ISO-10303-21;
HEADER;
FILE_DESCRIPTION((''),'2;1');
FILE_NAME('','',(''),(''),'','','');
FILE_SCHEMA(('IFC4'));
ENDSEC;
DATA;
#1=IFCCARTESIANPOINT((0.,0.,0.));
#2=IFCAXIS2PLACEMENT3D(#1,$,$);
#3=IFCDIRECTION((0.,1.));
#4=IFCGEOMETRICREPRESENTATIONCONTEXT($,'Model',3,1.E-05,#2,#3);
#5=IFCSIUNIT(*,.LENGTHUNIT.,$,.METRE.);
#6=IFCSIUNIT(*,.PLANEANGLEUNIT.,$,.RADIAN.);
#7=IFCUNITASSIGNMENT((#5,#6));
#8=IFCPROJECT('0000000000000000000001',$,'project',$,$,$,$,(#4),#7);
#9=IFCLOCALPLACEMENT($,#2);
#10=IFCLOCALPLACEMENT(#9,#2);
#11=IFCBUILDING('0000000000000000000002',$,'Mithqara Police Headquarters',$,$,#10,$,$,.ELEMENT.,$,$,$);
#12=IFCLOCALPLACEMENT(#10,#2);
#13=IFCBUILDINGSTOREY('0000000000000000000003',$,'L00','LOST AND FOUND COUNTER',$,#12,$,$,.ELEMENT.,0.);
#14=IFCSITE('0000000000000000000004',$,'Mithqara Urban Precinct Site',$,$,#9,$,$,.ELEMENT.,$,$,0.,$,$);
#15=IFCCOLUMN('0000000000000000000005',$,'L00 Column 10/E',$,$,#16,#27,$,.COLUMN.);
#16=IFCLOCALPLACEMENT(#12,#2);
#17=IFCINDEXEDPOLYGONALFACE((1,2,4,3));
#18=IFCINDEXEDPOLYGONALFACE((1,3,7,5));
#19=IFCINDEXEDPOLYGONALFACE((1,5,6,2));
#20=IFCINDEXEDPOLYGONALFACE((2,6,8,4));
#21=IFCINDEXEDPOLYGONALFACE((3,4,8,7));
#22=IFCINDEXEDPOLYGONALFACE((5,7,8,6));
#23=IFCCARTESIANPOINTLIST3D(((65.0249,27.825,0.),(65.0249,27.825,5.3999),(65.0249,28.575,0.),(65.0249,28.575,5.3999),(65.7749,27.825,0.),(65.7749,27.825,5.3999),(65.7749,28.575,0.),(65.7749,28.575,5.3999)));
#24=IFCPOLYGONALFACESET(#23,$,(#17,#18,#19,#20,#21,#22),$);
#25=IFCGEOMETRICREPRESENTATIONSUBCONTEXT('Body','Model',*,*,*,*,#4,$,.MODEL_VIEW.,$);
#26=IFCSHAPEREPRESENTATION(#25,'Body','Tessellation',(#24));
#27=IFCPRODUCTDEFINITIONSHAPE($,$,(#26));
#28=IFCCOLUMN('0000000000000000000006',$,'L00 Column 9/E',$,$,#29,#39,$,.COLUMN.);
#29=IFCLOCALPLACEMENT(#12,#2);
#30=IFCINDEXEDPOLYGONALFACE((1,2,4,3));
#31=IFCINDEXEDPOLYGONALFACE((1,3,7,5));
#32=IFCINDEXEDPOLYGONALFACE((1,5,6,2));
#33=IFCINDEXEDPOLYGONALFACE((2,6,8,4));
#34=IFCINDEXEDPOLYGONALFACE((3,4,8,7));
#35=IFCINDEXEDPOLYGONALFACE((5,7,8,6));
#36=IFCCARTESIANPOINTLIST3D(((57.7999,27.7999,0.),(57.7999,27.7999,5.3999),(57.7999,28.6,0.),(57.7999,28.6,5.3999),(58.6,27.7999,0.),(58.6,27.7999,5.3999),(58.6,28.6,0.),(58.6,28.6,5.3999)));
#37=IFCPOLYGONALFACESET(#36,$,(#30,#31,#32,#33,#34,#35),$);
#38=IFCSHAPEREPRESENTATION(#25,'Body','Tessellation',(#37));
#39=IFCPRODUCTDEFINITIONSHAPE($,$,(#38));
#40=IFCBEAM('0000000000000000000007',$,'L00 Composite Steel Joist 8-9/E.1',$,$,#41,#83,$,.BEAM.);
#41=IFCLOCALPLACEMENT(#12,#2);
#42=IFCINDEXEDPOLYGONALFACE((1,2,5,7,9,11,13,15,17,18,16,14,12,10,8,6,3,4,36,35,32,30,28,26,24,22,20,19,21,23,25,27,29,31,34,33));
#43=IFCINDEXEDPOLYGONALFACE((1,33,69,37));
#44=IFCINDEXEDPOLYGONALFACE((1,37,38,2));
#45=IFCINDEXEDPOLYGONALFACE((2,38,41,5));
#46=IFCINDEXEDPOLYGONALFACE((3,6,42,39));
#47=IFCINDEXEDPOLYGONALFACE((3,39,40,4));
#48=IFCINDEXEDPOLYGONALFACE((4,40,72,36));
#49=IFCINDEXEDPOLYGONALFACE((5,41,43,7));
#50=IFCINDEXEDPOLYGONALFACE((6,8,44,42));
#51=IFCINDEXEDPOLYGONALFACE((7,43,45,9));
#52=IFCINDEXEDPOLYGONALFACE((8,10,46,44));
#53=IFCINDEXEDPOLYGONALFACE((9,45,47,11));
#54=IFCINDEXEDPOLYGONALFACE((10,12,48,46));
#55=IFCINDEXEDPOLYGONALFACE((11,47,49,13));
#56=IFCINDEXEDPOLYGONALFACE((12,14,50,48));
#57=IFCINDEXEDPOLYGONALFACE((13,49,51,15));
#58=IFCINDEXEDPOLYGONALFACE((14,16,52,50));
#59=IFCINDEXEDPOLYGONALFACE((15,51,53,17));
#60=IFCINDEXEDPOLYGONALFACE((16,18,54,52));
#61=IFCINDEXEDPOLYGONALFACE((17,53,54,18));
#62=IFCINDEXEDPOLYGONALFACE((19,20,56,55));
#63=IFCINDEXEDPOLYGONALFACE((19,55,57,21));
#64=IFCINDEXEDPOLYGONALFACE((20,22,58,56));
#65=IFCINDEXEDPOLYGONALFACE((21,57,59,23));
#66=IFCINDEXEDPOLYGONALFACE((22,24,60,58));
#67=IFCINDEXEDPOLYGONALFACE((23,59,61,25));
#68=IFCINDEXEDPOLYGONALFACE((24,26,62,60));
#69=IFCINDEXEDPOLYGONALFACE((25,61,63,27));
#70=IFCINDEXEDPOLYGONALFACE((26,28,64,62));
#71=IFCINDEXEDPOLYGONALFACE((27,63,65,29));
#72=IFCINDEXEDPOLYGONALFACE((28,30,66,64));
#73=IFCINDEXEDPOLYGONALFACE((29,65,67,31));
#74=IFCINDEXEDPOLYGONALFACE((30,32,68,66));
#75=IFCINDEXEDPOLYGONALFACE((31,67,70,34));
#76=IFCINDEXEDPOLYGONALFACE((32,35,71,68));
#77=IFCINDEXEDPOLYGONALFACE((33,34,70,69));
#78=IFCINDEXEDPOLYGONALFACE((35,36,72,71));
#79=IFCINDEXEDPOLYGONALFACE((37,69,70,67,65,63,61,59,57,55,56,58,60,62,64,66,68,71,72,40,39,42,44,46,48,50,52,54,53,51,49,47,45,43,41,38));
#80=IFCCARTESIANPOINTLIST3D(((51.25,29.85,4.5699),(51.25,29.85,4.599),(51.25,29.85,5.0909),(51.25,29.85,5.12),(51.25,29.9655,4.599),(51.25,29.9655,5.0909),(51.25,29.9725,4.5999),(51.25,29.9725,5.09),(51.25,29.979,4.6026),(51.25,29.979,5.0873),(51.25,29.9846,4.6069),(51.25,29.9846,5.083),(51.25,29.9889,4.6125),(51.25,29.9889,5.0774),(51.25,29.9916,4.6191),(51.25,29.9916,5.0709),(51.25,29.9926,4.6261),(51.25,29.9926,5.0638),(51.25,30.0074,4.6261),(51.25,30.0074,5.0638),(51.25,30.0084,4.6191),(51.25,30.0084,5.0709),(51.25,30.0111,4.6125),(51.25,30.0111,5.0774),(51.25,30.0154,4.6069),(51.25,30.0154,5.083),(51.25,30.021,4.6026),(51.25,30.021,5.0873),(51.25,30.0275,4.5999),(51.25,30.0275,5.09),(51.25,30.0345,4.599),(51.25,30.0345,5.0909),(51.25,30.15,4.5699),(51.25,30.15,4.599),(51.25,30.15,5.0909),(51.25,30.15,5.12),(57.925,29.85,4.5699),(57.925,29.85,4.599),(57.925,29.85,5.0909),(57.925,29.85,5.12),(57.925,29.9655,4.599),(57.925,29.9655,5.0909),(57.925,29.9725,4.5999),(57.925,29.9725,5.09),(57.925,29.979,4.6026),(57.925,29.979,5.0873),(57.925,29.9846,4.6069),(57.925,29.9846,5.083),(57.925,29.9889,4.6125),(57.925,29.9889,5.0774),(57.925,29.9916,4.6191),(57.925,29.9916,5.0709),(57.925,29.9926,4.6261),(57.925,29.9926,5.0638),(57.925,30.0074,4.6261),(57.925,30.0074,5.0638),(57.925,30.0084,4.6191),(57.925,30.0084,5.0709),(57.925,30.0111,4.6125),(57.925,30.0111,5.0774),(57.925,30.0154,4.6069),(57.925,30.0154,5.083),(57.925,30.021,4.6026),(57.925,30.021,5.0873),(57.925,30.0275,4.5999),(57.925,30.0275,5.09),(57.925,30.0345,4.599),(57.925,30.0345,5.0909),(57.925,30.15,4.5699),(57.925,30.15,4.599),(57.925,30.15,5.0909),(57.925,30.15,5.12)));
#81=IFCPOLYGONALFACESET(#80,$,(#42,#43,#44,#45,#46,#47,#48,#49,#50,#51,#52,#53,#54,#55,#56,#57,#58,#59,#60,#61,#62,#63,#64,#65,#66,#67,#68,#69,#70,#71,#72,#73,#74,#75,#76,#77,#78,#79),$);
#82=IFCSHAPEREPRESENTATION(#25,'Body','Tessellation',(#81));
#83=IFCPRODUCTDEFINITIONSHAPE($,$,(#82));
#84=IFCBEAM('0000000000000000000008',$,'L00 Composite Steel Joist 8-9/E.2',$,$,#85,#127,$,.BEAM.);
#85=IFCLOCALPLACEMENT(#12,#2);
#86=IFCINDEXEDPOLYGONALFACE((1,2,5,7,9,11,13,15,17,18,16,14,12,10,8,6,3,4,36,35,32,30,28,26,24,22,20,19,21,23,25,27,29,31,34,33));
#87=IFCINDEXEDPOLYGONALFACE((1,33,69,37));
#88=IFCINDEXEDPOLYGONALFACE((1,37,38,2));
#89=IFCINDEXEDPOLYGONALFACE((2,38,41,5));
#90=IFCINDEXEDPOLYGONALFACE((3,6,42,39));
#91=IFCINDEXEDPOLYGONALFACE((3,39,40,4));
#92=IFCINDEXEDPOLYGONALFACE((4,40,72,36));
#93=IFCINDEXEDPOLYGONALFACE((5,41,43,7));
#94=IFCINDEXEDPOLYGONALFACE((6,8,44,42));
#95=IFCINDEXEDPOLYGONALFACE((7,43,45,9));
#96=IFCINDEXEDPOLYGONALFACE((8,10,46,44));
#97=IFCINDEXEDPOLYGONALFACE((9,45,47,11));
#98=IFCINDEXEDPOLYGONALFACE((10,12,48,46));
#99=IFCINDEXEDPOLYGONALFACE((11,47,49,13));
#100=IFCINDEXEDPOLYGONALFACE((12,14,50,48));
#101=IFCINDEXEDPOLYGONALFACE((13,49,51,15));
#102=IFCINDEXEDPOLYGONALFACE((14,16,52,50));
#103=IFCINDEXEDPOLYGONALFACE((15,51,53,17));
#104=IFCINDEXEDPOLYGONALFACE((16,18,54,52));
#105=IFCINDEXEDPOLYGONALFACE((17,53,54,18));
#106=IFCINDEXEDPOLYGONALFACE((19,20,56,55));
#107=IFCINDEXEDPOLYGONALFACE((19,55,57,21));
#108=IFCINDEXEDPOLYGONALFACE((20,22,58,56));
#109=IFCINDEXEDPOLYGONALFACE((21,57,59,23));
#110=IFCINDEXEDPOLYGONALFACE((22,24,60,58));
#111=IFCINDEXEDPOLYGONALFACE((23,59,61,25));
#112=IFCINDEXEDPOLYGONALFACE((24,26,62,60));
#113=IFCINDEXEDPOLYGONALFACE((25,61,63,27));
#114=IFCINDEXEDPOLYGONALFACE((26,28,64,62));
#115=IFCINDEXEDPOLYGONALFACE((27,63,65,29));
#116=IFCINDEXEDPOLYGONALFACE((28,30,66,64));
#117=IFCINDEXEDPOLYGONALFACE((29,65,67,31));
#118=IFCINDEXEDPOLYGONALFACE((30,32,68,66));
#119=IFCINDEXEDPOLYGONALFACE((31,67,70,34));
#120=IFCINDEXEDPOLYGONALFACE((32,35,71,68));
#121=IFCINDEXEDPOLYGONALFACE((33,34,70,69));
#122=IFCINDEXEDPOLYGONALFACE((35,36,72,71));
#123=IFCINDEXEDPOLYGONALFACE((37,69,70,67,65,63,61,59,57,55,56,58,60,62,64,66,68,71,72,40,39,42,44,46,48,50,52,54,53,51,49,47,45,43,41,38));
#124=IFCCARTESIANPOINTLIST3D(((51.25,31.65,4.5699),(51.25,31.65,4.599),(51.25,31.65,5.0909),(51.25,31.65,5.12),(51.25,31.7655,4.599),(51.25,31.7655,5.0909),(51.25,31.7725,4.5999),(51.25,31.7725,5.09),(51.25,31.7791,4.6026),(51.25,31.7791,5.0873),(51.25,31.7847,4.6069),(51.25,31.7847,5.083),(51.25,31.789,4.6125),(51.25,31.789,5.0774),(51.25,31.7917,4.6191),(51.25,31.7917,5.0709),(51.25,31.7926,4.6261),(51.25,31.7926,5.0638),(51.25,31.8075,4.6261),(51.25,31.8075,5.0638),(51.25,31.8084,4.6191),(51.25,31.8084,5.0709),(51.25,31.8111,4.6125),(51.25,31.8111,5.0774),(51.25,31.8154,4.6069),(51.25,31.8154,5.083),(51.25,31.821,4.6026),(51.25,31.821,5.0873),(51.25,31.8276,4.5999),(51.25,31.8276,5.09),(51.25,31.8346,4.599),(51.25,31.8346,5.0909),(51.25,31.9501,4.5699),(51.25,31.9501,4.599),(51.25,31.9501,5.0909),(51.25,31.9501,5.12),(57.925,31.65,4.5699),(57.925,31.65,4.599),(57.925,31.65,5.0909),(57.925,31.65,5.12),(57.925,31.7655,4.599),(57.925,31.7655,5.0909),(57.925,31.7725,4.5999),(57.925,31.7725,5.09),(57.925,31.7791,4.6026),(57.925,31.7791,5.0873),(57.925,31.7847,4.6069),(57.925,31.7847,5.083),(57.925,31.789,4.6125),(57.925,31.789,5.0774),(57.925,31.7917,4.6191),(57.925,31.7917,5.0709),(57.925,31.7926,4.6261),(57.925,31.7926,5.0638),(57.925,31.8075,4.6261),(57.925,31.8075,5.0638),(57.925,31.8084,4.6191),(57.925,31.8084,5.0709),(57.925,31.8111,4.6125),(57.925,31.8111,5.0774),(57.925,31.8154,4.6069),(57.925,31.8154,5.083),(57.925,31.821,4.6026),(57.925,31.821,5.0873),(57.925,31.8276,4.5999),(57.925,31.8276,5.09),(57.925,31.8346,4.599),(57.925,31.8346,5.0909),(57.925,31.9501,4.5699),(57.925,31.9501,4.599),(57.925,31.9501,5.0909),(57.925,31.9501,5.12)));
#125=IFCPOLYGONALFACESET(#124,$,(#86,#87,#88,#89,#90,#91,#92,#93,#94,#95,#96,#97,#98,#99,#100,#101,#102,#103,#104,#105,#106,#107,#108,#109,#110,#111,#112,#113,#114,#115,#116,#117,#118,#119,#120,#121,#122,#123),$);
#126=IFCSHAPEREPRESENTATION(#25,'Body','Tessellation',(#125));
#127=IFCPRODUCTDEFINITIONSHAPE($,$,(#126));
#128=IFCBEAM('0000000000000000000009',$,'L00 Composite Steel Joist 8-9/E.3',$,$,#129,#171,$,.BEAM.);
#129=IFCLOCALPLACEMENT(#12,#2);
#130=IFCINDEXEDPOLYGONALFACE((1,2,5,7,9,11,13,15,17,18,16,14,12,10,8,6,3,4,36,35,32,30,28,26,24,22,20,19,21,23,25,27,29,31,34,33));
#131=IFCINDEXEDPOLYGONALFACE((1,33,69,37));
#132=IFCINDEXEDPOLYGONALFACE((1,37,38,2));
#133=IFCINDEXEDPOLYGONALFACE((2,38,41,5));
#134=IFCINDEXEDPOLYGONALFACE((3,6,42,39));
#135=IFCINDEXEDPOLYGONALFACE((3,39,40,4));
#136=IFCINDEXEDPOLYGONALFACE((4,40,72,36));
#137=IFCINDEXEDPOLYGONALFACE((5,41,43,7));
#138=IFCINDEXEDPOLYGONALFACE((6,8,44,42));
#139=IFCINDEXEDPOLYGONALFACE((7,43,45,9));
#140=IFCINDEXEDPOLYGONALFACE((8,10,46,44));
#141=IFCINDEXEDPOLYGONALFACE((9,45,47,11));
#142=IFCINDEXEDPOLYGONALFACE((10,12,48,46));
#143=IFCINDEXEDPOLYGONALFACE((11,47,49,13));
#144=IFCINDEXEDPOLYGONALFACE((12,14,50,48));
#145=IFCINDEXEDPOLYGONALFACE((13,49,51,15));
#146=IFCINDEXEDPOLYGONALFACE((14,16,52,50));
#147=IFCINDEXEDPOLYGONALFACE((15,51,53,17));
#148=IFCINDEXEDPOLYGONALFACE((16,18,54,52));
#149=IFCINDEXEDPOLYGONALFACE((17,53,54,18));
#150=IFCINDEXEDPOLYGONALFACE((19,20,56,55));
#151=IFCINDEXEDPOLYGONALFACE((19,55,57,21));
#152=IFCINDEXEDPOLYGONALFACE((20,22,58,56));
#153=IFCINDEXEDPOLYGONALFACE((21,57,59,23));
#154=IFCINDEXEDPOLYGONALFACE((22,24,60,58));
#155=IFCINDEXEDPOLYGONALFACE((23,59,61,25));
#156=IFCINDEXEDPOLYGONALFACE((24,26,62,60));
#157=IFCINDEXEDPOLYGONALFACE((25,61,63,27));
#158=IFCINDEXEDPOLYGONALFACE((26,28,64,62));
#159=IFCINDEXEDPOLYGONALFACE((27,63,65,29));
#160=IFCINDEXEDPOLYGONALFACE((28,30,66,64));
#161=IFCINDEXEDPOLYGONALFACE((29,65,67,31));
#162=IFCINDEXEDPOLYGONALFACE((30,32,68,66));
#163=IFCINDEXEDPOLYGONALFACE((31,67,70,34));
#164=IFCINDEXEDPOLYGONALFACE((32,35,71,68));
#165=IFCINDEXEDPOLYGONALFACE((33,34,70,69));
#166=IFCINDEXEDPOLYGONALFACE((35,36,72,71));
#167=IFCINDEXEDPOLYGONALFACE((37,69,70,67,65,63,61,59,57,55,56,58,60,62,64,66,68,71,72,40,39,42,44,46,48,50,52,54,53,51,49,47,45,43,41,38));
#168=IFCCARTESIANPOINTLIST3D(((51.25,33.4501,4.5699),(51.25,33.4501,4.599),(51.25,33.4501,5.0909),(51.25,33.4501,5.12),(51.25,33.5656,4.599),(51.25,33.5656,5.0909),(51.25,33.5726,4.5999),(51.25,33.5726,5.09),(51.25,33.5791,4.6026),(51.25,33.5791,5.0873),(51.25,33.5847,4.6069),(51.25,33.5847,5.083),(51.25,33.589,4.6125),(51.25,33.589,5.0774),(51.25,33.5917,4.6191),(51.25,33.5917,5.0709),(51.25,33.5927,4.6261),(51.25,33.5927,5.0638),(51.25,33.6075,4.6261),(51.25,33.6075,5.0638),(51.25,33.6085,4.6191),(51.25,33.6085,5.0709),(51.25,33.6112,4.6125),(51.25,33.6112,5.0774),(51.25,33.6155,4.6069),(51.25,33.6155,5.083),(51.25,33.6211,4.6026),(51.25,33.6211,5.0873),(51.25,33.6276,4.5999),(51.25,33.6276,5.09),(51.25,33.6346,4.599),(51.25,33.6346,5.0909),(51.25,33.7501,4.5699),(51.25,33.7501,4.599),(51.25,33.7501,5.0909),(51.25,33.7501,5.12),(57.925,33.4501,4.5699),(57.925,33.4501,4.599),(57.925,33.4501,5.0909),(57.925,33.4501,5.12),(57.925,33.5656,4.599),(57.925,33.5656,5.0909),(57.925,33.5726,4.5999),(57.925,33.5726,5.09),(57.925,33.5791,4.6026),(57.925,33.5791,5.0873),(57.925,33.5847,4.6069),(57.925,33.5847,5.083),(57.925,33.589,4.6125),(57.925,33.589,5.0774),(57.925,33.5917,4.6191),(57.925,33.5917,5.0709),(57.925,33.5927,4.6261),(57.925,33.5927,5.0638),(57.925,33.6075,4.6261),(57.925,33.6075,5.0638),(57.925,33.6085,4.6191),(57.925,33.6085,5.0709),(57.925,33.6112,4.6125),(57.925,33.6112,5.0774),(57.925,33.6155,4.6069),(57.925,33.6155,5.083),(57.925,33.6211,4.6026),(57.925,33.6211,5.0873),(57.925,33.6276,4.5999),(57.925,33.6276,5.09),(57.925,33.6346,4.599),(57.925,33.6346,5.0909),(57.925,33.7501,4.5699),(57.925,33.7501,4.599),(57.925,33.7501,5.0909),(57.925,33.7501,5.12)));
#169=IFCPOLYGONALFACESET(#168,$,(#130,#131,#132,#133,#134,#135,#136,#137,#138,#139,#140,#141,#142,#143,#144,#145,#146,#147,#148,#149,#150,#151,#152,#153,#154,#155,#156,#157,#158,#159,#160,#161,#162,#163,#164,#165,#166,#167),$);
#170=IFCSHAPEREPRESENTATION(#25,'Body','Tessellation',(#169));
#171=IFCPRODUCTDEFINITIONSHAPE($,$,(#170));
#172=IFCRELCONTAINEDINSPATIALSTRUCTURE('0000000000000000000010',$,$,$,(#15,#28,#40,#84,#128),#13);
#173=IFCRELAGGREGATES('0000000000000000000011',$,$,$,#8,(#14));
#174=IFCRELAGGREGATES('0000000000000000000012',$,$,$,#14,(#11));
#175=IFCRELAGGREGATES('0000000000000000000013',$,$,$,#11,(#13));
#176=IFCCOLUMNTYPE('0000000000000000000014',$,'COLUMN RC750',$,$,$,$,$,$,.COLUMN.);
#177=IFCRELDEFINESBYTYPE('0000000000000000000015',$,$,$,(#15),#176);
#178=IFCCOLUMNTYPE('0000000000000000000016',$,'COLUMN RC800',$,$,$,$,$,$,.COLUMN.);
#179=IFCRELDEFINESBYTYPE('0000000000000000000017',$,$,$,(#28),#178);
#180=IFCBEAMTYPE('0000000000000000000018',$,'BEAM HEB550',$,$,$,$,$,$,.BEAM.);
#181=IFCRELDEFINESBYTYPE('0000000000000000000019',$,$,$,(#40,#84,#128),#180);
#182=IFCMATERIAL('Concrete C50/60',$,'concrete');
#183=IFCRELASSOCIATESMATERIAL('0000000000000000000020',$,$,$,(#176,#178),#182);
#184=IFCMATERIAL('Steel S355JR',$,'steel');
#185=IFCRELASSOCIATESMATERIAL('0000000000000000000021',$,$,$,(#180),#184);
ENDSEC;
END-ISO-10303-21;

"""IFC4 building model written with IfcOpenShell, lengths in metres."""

from ifc_helpers import new_model, si_unit, direction, frame, origin, origin_2d, place, context, subcontext, project, spatial, rectangle, i_section, extrude, material, material_profile, profile_set, type_object, element, save


model = new_model("IFC4")

# Units and contexts
model_context = context("Model", 3, precision=1e-05, world=origin(), true_north=direction((0.0, 1.0)))
body_context = subcontext(model_context, "Body", "Model", "MODEL_VIEW")
ifc_project = project(units=[si_unit("LENGTHUNIT", "METRE"), si_unit("PLANEANGLEUNIT", "RADIAN")], contexts=[model_context])

# Site, building, storey
site_placement = place(None, origin())
site = spatial("IfcSite", under=ifc_project, at=site_placement, Name="Mithqara Urban Precinct Site", CompositionType="ELEMENT", RefElevation=0.0)
building_placement = place(site_placement, origin())
building = spatial("IfcBuilding", under=site, at=building_placement, Name="Mithqara Police Headquarters", CompositionType="ELEMENT")
storey_placement = place(building_placement, origin())
storey = spatial("IfcBuildingStorey", under=building, at=storey_placement, Name="L00", Description="LOST AND FOUND COUNTER", CompositionType="ELEMENT", Elevation=0.0)

# Columns
ifc_material_1 = material(Name="Concrete C50/60", Category="concrete")
ifc_material_profile_1 = material_profile(ifc_material_1, rectangle(XDim=0.75, YDim=0.75, at=origin_2d()), Name="RC 750x750")
ifc_profile_set_1 = profile_set([ifc_material_profile_1], Name="Concrete C50/60")
column_type_1 = type_object("IfcColumnType", Name="COLUMN RC750", PredefinedType="COLUMN", material=ifc_profile_set_1)
column_1_placement = place(storey_placement, frame((65.3999, 28.2, 0.0), z_axis=(0.0, 0.0, 1.0), x_axis=(1.0, 0.0, 0.0)))
element("IfcColumn", 1, at=column_1_placement, inside=storey, type_object=column_type_1, Name="L00 Column 10/E", PredefinedType="COLUMN", context=body_context, shape_type="SweptSolid", body=[
    extrude(rectangle(XDim=0.75, YDim=0.75, at=origin_2d()), origin(), (0.0, 0.0, 1.0), 5.3999),
])
ifc_material_profile_2 = material_profile(ifc_material_1, rectangle(XDim=0.8, YDim=0.8, at=origin_2d()), Name="RC 800x800")
ifc_profile_set_2 = profile_set([ifc_material_profile_2], Name="Concrete C50/60")
column_type_2 = type_object("IfcColumnType", Name="COLUMN RC800", PredefinedType="COLUMN", material=ifc_profile_set_2)
column_2_placement = place(storey_placement, frame((58.2, 28.2, 0.0), z_axis=(0.0, 0.0, 1.0), x_axis=(1.0, 0.0, 0.0)))
element("IfcColumn", 2, at=column_2_placement, inside=storey, type_object=column_type_2, Name="L00 Column 9/E", PredefinedType="COLUMN", context=body_context, shape_type="SweptSolid", body=[
    extrude(rectangle(XDim=0.8, YDim=0.8, at=origin_2d()), origin(), (0.0, 0.0, 1.0), 5.3999),
])

# Beams
ifc_material_2 = material(Name="Steel S355JR", Category="steel")
ifc_material_profile_3 = material_profile(ifc_material_2, i_section(OverallWidth=0.3, OverallDepth=0.55, WebThickness=0.0149, FlangeThickness=0.0291, FilletRadius=0.0271, at=origin_2d()), Name="HEB 550")
ifc_profile_set_3 = profile_set([ifc_material_profile_3], Name="Steel S355JR")
beam_type_1 = type_object("IfcBeamType", Name="BEAM HEB550", PredefinedType="BEAM", material=ifc_profile_set_3)
for number, where, z_axis, x_axis, name in (
    (3, (51.25, 30.0, 4.845), (1.0, 0.0, 0.0), (0.0, 1.0, 0.0), "L00 Composite Steel Joist 8-9/E.1"),
    (4, (51.25, 31.8, 4.845), (1.0, 0.0, 0.0), (0.0, 1.0, 0.0), "L00 Composite Steel Joist 8-9/E.2"),
    (5, (51.25, 33.6001, 4.845), (1.0, 0.0, 0.0), (0.0, 1.0, 0.0), "L00 Composite Steel Joist 8-9/E.3"),
):
    element("IfcBeam", number, at=place(storey_placement, frame(where, z_axis=z_axis, x_axis=x_axis)), inside=storey, type_object=beam_type_1, Name=name, PredefinedType="BEAM", context=body_context, shape_type="SweptSolid", body=[
        extrude(i_section(OverallWidth=0.3, OverallDepth=0.55, WebThickness=0.0149, FlangeThickness=0.0291, FilletRadius=0.0271, at=origin_2d()), origin(), (0.0, 0.0, 1.0), 6.675),
    ])

save(model, "model.ifc")
